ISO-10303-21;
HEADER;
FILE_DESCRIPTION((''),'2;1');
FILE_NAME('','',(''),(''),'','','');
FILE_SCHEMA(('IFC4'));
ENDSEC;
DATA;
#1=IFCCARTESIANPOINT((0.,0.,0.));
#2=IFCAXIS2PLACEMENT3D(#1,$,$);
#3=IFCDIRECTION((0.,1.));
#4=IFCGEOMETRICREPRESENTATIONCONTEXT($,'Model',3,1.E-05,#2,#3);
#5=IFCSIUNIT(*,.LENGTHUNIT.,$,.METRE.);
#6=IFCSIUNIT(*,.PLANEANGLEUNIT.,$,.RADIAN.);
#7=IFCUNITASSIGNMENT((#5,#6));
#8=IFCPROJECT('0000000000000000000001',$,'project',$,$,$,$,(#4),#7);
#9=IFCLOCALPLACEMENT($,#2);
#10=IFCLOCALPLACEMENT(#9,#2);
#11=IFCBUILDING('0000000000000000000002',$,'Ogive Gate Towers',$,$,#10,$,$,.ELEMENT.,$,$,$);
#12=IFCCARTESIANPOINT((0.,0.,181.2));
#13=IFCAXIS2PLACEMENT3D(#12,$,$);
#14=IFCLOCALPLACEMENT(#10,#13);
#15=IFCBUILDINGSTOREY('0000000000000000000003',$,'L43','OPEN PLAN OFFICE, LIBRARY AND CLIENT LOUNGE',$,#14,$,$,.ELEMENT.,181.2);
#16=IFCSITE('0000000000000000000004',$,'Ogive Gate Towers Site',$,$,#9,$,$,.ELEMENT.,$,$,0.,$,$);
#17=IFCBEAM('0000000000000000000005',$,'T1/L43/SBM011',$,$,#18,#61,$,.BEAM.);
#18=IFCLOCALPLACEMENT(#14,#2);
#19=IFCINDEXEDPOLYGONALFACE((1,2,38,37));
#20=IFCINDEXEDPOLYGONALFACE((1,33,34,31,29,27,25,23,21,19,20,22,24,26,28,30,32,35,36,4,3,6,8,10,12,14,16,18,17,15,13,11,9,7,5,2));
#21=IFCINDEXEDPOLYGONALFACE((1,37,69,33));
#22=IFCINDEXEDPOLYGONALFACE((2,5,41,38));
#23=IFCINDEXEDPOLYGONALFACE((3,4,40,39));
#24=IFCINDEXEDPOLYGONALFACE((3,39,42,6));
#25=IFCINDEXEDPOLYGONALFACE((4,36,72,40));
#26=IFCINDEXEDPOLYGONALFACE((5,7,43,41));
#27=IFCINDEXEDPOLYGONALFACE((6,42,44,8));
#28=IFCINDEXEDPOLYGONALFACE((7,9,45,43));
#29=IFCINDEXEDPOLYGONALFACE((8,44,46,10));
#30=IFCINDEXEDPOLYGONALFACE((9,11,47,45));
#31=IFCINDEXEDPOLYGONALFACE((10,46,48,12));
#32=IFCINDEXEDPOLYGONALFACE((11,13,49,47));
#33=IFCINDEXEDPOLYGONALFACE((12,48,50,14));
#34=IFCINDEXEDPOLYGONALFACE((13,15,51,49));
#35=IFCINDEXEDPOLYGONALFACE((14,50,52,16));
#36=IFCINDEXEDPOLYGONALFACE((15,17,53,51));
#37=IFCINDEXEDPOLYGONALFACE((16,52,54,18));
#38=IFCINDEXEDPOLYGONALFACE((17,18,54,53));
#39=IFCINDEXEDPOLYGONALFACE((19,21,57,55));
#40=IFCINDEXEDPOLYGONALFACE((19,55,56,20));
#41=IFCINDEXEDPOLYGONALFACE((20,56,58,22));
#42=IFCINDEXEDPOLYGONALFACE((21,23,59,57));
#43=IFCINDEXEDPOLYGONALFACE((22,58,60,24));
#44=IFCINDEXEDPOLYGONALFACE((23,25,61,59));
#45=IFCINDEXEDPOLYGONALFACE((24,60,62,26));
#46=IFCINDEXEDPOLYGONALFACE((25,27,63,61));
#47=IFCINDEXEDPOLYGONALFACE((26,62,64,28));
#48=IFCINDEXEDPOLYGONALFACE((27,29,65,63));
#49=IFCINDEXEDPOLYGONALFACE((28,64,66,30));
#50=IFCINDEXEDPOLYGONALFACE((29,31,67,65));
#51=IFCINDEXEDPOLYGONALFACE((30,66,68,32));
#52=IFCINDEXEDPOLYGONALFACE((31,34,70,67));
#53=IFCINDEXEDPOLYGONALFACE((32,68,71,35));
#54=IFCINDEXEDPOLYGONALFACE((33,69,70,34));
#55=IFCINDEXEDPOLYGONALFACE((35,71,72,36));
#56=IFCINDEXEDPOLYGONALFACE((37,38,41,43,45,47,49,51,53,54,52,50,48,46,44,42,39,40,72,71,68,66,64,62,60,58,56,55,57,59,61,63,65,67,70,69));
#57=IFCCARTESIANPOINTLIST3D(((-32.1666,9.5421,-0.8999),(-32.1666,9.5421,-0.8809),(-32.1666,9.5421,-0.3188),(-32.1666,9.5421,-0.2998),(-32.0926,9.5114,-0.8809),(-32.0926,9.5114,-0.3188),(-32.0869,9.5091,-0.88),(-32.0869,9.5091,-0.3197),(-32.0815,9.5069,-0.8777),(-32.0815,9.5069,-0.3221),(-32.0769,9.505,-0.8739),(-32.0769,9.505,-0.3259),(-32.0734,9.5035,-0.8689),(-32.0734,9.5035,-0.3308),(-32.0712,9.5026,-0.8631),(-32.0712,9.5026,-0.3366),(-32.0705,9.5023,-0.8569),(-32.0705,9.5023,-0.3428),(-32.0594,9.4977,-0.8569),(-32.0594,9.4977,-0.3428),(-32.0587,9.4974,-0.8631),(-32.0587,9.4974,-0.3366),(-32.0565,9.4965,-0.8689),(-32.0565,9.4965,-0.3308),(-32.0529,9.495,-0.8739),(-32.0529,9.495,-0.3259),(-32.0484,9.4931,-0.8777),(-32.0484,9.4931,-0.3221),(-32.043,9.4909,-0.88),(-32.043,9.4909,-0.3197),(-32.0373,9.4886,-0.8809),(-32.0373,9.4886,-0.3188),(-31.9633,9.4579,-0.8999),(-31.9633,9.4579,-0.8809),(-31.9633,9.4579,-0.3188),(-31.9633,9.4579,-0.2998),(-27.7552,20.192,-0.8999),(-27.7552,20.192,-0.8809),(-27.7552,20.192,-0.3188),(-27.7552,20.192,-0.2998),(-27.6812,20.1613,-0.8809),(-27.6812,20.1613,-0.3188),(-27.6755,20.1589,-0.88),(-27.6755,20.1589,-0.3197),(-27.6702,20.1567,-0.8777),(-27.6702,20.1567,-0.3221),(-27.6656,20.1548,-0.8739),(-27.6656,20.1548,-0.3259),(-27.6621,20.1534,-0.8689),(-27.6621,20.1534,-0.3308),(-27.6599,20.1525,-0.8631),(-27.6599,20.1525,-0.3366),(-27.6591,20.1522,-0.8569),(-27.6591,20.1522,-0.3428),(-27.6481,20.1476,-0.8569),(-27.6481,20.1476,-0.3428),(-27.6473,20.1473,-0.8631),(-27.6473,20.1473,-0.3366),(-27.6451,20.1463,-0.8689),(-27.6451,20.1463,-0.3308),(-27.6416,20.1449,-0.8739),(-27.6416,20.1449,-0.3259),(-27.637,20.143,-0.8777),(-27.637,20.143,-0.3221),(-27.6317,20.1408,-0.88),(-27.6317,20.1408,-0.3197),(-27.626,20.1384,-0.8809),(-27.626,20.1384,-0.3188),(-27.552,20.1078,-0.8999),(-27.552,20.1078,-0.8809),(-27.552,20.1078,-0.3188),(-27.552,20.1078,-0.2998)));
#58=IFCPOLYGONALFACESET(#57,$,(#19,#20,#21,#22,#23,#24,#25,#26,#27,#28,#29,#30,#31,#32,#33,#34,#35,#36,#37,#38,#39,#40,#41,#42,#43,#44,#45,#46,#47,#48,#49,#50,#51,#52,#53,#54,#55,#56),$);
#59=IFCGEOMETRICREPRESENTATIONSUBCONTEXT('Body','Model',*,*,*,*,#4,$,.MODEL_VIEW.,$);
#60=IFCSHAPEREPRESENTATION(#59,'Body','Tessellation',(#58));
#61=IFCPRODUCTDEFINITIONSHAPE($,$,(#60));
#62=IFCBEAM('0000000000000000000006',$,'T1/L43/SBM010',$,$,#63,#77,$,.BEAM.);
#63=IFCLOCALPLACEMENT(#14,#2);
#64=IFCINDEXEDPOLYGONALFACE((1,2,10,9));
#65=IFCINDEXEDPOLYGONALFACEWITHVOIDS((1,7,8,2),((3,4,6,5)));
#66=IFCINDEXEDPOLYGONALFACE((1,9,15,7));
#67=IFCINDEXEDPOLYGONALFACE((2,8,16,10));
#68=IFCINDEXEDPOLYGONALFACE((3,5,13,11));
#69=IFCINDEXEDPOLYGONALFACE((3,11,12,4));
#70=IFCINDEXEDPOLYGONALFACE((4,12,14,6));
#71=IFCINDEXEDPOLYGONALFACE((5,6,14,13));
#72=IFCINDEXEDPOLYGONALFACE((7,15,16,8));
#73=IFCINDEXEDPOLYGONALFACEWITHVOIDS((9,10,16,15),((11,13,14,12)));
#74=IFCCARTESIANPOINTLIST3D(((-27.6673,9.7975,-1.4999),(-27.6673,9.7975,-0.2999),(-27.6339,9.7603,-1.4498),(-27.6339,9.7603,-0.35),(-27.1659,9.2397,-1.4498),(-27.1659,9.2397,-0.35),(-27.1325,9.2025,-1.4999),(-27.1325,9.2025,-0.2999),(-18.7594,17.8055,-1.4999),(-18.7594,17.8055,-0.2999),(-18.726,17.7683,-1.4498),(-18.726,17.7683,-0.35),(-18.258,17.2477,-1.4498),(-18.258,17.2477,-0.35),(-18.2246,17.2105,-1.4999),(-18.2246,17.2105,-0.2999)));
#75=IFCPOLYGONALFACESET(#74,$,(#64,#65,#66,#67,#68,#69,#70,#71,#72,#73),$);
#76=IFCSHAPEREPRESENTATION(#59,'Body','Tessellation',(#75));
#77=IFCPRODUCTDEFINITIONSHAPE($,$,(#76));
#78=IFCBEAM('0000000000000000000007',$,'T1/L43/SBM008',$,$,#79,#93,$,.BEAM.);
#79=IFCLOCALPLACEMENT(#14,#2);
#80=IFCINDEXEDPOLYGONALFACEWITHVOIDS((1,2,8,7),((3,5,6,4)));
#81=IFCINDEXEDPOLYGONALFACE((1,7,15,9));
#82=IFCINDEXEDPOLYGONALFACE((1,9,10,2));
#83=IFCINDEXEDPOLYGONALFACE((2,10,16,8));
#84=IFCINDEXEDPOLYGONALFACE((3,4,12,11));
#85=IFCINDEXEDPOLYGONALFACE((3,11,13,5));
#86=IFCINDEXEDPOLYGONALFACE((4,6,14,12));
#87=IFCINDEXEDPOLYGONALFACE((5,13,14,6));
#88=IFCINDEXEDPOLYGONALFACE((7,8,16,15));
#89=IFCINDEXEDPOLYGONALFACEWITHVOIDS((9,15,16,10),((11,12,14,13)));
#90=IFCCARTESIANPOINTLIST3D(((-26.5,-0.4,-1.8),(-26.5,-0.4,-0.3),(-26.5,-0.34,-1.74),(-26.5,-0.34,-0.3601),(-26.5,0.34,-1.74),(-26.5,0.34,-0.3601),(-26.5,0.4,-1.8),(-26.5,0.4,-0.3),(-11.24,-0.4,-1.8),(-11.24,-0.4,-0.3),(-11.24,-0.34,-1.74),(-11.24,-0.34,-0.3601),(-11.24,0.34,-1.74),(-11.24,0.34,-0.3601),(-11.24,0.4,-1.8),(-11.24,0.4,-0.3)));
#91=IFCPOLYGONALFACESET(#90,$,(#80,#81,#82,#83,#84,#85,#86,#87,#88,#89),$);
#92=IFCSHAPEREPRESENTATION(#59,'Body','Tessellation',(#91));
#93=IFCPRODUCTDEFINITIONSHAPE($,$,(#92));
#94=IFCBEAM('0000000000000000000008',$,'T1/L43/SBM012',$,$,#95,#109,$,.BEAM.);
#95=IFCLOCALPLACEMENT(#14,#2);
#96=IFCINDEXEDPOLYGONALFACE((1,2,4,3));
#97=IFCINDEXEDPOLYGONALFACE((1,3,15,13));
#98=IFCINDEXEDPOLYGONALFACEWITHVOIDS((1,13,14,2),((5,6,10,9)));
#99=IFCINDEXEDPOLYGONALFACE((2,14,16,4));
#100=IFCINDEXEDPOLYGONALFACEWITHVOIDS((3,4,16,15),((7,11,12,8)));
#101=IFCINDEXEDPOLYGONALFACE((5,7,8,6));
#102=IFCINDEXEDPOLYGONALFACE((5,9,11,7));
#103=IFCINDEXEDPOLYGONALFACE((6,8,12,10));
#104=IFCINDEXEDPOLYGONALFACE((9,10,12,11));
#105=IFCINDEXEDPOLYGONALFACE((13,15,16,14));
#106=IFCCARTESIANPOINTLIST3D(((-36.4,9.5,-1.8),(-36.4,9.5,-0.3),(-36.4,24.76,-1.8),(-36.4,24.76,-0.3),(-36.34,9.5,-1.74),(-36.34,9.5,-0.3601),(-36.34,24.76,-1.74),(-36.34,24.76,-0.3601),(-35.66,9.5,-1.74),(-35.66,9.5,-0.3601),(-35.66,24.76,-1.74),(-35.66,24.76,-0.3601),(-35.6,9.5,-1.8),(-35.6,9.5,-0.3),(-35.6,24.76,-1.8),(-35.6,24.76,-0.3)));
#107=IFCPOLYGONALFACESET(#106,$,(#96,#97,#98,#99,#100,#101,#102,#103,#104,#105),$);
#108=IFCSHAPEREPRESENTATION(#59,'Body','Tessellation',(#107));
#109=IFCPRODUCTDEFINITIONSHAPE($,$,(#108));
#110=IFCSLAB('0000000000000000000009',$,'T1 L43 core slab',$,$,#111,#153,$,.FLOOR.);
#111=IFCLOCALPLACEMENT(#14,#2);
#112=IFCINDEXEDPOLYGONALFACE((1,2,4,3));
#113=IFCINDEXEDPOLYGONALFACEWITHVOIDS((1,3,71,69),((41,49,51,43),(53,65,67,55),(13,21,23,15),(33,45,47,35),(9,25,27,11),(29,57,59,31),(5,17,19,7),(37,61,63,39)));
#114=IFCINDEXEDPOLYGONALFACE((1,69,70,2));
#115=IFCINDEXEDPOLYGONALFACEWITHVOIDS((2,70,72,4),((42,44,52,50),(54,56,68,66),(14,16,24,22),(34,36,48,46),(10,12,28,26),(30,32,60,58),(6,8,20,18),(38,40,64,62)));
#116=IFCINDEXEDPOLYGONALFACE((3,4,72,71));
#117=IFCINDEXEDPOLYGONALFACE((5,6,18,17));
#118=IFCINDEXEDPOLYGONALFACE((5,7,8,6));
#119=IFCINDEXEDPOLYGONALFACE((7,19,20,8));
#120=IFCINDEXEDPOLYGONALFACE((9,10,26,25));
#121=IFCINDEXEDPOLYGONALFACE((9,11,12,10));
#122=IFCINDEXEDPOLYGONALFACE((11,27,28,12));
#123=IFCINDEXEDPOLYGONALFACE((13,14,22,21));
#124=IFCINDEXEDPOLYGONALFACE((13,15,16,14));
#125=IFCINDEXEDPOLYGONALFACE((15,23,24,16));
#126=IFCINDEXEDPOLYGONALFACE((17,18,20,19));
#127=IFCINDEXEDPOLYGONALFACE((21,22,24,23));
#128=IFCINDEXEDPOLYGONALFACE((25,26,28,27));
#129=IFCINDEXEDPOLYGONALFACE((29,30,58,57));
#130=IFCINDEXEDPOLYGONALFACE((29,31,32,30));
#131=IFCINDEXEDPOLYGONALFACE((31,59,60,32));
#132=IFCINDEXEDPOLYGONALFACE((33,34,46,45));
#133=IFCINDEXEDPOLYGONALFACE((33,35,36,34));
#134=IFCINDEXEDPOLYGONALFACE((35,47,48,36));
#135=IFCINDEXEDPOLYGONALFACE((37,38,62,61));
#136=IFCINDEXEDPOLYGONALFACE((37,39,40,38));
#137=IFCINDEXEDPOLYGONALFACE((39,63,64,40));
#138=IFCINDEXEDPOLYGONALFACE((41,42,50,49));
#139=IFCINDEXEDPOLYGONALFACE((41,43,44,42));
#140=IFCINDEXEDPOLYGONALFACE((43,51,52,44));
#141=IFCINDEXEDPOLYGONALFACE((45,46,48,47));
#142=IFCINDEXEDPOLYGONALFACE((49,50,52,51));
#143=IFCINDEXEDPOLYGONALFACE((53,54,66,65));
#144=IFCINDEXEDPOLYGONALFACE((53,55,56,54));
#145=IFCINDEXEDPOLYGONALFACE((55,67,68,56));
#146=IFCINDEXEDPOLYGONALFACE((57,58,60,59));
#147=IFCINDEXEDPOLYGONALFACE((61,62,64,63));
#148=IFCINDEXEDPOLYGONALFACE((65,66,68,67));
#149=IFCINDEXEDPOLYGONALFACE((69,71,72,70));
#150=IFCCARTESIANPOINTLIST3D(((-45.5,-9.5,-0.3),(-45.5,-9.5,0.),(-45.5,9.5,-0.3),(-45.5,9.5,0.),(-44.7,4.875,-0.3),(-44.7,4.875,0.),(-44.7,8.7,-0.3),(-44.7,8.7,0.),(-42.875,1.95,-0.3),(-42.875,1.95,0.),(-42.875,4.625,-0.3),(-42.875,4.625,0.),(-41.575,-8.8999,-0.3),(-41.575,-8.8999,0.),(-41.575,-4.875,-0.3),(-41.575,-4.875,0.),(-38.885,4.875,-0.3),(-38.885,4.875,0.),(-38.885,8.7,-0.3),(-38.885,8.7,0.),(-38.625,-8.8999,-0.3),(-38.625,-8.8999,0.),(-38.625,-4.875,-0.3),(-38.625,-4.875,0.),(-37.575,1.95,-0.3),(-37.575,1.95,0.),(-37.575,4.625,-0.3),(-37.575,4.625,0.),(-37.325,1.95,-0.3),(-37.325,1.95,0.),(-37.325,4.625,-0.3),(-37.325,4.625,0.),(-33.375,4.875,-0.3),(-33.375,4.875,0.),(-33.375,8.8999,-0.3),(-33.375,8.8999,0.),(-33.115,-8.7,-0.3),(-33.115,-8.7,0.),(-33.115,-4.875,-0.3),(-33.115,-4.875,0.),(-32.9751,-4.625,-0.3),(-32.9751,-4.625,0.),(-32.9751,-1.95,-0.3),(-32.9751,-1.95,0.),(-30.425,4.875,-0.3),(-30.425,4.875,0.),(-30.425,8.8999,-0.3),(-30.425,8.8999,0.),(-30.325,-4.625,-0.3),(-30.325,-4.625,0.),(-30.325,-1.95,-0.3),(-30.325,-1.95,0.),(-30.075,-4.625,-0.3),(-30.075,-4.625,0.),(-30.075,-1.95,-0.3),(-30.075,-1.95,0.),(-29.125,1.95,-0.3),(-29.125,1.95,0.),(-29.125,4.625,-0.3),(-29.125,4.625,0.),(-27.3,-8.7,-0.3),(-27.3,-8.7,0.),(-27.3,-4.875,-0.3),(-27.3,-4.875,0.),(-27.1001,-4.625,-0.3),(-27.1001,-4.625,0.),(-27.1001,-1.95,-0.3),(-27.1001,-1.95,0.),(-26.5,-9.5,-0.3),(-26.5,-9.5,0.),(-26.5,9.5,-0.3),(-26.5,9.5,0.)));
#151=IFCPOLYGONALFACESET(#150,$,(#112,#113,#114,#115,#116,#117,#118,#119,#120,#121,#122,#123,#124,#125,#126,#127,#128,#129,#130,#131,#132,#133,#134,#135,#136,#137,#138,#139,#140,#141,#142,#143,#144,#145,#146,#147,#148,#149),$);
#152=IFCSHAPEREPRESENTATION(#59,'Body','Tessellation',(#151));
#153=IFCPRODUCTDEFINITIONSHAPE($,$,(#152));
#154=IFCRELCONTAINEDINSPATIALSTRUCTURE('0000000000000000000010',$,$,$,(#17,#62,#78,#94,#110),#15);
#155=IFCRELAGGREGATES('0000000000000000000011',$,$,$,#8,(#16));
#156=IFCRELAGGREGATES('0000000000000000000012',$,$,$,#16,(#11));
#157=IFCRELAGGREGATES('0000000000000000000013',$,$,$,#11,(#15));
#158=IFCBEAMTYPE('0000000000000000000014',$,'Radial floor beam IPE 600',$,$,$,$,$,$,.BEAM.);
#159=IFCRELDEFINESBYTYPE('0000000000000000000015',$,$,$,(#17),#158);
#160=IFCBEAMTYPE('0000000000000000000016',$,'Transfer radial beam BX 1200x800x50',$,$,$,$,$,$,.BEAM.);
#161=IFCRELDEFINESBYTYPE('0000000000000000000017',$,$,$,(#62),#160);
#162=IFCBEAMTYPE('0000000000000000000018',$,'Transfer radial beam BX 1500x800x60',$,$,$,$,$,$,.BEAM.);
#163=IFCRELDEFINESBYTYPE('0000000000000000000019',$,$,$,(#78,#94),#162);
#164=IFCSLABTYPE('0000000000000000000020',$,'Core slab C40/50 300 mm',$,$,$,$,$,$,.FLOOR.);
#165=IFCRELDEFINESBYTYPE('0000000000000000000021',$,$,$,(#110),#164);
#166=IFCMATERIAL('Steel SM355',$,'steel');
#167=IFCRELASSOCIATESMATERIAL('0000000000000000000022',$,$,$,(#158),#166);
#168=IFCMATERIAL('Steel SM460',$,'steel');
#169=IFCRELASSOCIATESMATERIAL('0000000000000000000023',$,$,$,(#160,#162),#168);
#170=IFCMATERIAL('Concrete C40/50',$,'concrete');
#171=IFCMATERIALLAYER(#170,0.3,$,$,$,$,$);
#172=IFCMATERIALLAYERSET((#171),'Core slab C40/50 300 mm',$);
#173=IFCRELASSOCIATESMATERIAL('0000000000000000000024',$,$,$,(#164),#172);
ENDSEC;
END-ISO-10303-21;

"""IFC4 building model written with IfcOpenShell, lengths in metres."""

from ifc_helpers import new_model, si_unit, direction, frame, origin, origin_2d, place, context, subcontext, project, spatial, polyline, hollow_rectangle, i_section, outline, extrude, material, layer, layer_set, material_profile, profile_set, type_object, element, save


model = new_model("IFC4")

# Units and contexts
model_context = context("Model", 3, precision=1e-05, world=origin(), true_north=direction((0.0, 1.0)))
body_context = subcontext(model_context, "Body", "Model", "MODEL_VIEW")
ifc_project = project(units=[si_unit("LENGTHUNIT", "METRE"), si_unit("PLANEANGLEUNIT", "RADIAN")], contexts=[model_context])

# Site, building, storey
site_placement = place(None, origin())
site = spatial("IfcSite", under=ifc_project, at=site_placement, Name="Ogive Gate Towers Site", CompositionType="ELEMENT", RefElevation=0.0)
building_placement = place(site_placement, origin())
building = spatial("IfcBuilding", under=site, at=building_placement, Name="Ogive Gate Towers", CompositionType="ELEMENT")
storey_placement = place(building_placement, frame((0.0, 0.0, 181.2)))
storey = spatial("IfcBuildingStorey", under=building, at=storey_placement, Name="L43", Description="OPEN PLAN OFFICE, LIBRARY AND CLIENT LOUNGE", CompositionType="ELEMENT", Elevation=181.2)

# Shared definitions
ifc_material_1 = material(Name="Steel SM460", Category="steel")

# Beams
ifc_material_2 = material(Name="Steel SM355", Category="steel")
ifc_material_profile_1 = material_profile(ifc_material_2, i_section(OverallWidth=0.22, OverallDepth=0.6001, WebThickness=0.012, FlangeThickness=0.019, FilletRadius=0.0239, at=origin_2d()), Name="IPE 600")
ifc_profile_set_1 = profile_set([ifc_material_profile_1], Name="Steel SM355")
beam_type_1 = type_object("IfcBeamType", Name="Radial floor beam IPE 600", PredefinedType="BEAM", material=ifc_profile_set_1)
for number, where, z_axis, x_axis, name in (
    (1, (-32.0649, 9.5, -0.5999), (0.382687, 0.923878, 0.0), (-0.923878, 0.382687, 0.0), "T1/L43/SBM011"),
):
    element("IfcBeam", number, at=place(storey_placement, frame(where, z_axis=z_axis, x_axis=x_axis)), inside=storey, type_object=beam_type_1, Name=name, PredefinedType="BEAM", context=body_context, shape_type="SweptSolid", body=[
        extrude(i_section(OverallWidth=0.22, OverallDepth=0.6001, WebThickness=0.012, FlangeThickness=0.019, FilletRadius=0.0239, at=origin_2d()), origin(), (0.0, 0.0, 1.0), 11.5273),
    ])
ifc_material_profile_2 = material_profile(ifc_material_1, hollow_rectangle(XDim=0.8, YDim=1.2, WallThickness=0.05, at=origin_2d()), Name="BX 1200x800x50")
ifc_profile_set_2 = profile_set([ifc_material_profile_2], Name="Steel SM460")
beam_type_2 = type_object("IfcBeamType", Name="Transfer radial beam BX 1200x800x50", PredefinedType="BEAM", material=ifc_profile_set_2)
beam_1_placement = place(storey_placement, frame((-27.3999, 9.5, -0.8999), z_axis=(0.743672, 0.668545, 0.0), x_axis=(-0.668545, 0.743672, 0.0)))
element("IfcBeam", 2, at=beam_1_placement, inside=storey, type_object=beam_type_2, Name="T1/L43/SBM010", PredefinedType="BEAM", context=body_context, shape_type="SweptSolid", body=[
    extrude(hollow_rectangle(XDim=0.8, YDim=1.2, WallThickness=0.05, at=origin_2d()), origin(), (0.0, 0.0, 1.0), 11.9783),
])
ifc_material_profile_3 = material_profile(ifc_material_1, hollow_rectangle(XDim=0.8, YDim=1.5, WallThickness=0.0601, at=origin_2d()), Name="BX 1500x800x60")
ifc_profile_set_3 = profile_set([ifc_material_profile_3], Name="Steel SM460")
beam_type_3 = type_object("IfcBeamType", Name="Transfer radial beam BX 1500x800x60", PredefinedType="BEAM", material=ifc_profile_set_3)
for number, where, z_axis, x_axis, name in (
    (3, (-26.5, 0.0, -1.05), (1.0, 0.0, 0.0), (0.0, 1.0, 0.0), "T1/L43/SBM008"),
    (4, (-36.0, 9.5, -1.05), (0.0, 1.0, 0.0), (-1.0, 0.0, 0.0), "T1/L43/SBM012"),
):
    element("IfcBeam", number, at=place(storey_placement, frame(where, z_axis=z_axis, x_axis=x_axis)), inside=storey, type_object=beam_type_3, Name=name, PredefinedType="BEAM", context=body_context, shape_type="SweptSolid", body=[
        extrude(hollow_rectangle(XDim=0.8, YDim=1.5, WallThickness=0.0601, at=origin_2d()), origin(), (0.0, 0.0, 1.0), 15.26),
    ])

# Slab
ifc_material_3 = material(Name="Concrete C40/50", Category="concrete")
ifc_layer_1 = layer(ifc_material_3, 0.3)
ifc_layer_set_1 = layer_set([ifc_layer_1], Name="Core slab C40/50 300 mm")
slab_type_1 = type_object("IfcSlabType", Name="Core slab C40/50 300 mm", PredefinedType="FLOOR", material=ifc_layer_set_1)
slab_1_placement = place(storey_placement, frame((0.0, 0.0, -0.3)))
element("IfcSlab", 5, at=slab_1_placement, inside=storey, type_object=slab_type_1, Name="T1 L43 core slab", PredefinedType="FLOOR", context=body_context, shape_type="SweptSolid", body=[
    extrude(outline(polyline([(-45.5, -9.5), (-45.5, 9.5), (-26.5, 9.5), (-26.5, -9.5), (-45.5, -9.5)]), holes=[polyline([(-42.875, 1.95), (-37.575, 1.95), (-37.575, 4.625), (-42.875, 4.625), (-42.875, 1.95)]), polyline([(-37.325, 4.625), (-37.325, 1.95), (-29.125, 1.95), (-29.125, 4.625), (-37.325, 4.625)]), polyline([(-30.325, -1.95), (-32.9751, -1.95), (-32.9751, -4.625), (-30.325, -4.625), (-30.325, -1.95)]), polyline([(-27.1001, -4.625), (-27.1001, -1.95), (-30.075, -1.95), (-30.075, -4.625), (-27.1001, -4.625)]), polyline([(-33.375, 4.875), (-30.425, 4.875), (-30.425, 8.8999), (-33.375, 8.8999), (-33.375, 4.875)]), polyline([(-41.575, -4.875), (-41.575, -8.8999), (-38.625, -8.8999), (-38.625, -4.875), (-41.575, -4.875)]), polyline([(-44.7, 4.875), (-38.885, 4.875), (-38.885, 8.7), (-44.7, 8.7), (-44.7, 4.875)]), polyline([(-27.3, -8.7), (-27.3, -4.875), (-33.115, -4.875), (-33.115, -8.7), (-27.3, -8.7)])]), origin(), (0.0, 0.0, 1.0), 0.3),
])

save(model, "model.ifc")
